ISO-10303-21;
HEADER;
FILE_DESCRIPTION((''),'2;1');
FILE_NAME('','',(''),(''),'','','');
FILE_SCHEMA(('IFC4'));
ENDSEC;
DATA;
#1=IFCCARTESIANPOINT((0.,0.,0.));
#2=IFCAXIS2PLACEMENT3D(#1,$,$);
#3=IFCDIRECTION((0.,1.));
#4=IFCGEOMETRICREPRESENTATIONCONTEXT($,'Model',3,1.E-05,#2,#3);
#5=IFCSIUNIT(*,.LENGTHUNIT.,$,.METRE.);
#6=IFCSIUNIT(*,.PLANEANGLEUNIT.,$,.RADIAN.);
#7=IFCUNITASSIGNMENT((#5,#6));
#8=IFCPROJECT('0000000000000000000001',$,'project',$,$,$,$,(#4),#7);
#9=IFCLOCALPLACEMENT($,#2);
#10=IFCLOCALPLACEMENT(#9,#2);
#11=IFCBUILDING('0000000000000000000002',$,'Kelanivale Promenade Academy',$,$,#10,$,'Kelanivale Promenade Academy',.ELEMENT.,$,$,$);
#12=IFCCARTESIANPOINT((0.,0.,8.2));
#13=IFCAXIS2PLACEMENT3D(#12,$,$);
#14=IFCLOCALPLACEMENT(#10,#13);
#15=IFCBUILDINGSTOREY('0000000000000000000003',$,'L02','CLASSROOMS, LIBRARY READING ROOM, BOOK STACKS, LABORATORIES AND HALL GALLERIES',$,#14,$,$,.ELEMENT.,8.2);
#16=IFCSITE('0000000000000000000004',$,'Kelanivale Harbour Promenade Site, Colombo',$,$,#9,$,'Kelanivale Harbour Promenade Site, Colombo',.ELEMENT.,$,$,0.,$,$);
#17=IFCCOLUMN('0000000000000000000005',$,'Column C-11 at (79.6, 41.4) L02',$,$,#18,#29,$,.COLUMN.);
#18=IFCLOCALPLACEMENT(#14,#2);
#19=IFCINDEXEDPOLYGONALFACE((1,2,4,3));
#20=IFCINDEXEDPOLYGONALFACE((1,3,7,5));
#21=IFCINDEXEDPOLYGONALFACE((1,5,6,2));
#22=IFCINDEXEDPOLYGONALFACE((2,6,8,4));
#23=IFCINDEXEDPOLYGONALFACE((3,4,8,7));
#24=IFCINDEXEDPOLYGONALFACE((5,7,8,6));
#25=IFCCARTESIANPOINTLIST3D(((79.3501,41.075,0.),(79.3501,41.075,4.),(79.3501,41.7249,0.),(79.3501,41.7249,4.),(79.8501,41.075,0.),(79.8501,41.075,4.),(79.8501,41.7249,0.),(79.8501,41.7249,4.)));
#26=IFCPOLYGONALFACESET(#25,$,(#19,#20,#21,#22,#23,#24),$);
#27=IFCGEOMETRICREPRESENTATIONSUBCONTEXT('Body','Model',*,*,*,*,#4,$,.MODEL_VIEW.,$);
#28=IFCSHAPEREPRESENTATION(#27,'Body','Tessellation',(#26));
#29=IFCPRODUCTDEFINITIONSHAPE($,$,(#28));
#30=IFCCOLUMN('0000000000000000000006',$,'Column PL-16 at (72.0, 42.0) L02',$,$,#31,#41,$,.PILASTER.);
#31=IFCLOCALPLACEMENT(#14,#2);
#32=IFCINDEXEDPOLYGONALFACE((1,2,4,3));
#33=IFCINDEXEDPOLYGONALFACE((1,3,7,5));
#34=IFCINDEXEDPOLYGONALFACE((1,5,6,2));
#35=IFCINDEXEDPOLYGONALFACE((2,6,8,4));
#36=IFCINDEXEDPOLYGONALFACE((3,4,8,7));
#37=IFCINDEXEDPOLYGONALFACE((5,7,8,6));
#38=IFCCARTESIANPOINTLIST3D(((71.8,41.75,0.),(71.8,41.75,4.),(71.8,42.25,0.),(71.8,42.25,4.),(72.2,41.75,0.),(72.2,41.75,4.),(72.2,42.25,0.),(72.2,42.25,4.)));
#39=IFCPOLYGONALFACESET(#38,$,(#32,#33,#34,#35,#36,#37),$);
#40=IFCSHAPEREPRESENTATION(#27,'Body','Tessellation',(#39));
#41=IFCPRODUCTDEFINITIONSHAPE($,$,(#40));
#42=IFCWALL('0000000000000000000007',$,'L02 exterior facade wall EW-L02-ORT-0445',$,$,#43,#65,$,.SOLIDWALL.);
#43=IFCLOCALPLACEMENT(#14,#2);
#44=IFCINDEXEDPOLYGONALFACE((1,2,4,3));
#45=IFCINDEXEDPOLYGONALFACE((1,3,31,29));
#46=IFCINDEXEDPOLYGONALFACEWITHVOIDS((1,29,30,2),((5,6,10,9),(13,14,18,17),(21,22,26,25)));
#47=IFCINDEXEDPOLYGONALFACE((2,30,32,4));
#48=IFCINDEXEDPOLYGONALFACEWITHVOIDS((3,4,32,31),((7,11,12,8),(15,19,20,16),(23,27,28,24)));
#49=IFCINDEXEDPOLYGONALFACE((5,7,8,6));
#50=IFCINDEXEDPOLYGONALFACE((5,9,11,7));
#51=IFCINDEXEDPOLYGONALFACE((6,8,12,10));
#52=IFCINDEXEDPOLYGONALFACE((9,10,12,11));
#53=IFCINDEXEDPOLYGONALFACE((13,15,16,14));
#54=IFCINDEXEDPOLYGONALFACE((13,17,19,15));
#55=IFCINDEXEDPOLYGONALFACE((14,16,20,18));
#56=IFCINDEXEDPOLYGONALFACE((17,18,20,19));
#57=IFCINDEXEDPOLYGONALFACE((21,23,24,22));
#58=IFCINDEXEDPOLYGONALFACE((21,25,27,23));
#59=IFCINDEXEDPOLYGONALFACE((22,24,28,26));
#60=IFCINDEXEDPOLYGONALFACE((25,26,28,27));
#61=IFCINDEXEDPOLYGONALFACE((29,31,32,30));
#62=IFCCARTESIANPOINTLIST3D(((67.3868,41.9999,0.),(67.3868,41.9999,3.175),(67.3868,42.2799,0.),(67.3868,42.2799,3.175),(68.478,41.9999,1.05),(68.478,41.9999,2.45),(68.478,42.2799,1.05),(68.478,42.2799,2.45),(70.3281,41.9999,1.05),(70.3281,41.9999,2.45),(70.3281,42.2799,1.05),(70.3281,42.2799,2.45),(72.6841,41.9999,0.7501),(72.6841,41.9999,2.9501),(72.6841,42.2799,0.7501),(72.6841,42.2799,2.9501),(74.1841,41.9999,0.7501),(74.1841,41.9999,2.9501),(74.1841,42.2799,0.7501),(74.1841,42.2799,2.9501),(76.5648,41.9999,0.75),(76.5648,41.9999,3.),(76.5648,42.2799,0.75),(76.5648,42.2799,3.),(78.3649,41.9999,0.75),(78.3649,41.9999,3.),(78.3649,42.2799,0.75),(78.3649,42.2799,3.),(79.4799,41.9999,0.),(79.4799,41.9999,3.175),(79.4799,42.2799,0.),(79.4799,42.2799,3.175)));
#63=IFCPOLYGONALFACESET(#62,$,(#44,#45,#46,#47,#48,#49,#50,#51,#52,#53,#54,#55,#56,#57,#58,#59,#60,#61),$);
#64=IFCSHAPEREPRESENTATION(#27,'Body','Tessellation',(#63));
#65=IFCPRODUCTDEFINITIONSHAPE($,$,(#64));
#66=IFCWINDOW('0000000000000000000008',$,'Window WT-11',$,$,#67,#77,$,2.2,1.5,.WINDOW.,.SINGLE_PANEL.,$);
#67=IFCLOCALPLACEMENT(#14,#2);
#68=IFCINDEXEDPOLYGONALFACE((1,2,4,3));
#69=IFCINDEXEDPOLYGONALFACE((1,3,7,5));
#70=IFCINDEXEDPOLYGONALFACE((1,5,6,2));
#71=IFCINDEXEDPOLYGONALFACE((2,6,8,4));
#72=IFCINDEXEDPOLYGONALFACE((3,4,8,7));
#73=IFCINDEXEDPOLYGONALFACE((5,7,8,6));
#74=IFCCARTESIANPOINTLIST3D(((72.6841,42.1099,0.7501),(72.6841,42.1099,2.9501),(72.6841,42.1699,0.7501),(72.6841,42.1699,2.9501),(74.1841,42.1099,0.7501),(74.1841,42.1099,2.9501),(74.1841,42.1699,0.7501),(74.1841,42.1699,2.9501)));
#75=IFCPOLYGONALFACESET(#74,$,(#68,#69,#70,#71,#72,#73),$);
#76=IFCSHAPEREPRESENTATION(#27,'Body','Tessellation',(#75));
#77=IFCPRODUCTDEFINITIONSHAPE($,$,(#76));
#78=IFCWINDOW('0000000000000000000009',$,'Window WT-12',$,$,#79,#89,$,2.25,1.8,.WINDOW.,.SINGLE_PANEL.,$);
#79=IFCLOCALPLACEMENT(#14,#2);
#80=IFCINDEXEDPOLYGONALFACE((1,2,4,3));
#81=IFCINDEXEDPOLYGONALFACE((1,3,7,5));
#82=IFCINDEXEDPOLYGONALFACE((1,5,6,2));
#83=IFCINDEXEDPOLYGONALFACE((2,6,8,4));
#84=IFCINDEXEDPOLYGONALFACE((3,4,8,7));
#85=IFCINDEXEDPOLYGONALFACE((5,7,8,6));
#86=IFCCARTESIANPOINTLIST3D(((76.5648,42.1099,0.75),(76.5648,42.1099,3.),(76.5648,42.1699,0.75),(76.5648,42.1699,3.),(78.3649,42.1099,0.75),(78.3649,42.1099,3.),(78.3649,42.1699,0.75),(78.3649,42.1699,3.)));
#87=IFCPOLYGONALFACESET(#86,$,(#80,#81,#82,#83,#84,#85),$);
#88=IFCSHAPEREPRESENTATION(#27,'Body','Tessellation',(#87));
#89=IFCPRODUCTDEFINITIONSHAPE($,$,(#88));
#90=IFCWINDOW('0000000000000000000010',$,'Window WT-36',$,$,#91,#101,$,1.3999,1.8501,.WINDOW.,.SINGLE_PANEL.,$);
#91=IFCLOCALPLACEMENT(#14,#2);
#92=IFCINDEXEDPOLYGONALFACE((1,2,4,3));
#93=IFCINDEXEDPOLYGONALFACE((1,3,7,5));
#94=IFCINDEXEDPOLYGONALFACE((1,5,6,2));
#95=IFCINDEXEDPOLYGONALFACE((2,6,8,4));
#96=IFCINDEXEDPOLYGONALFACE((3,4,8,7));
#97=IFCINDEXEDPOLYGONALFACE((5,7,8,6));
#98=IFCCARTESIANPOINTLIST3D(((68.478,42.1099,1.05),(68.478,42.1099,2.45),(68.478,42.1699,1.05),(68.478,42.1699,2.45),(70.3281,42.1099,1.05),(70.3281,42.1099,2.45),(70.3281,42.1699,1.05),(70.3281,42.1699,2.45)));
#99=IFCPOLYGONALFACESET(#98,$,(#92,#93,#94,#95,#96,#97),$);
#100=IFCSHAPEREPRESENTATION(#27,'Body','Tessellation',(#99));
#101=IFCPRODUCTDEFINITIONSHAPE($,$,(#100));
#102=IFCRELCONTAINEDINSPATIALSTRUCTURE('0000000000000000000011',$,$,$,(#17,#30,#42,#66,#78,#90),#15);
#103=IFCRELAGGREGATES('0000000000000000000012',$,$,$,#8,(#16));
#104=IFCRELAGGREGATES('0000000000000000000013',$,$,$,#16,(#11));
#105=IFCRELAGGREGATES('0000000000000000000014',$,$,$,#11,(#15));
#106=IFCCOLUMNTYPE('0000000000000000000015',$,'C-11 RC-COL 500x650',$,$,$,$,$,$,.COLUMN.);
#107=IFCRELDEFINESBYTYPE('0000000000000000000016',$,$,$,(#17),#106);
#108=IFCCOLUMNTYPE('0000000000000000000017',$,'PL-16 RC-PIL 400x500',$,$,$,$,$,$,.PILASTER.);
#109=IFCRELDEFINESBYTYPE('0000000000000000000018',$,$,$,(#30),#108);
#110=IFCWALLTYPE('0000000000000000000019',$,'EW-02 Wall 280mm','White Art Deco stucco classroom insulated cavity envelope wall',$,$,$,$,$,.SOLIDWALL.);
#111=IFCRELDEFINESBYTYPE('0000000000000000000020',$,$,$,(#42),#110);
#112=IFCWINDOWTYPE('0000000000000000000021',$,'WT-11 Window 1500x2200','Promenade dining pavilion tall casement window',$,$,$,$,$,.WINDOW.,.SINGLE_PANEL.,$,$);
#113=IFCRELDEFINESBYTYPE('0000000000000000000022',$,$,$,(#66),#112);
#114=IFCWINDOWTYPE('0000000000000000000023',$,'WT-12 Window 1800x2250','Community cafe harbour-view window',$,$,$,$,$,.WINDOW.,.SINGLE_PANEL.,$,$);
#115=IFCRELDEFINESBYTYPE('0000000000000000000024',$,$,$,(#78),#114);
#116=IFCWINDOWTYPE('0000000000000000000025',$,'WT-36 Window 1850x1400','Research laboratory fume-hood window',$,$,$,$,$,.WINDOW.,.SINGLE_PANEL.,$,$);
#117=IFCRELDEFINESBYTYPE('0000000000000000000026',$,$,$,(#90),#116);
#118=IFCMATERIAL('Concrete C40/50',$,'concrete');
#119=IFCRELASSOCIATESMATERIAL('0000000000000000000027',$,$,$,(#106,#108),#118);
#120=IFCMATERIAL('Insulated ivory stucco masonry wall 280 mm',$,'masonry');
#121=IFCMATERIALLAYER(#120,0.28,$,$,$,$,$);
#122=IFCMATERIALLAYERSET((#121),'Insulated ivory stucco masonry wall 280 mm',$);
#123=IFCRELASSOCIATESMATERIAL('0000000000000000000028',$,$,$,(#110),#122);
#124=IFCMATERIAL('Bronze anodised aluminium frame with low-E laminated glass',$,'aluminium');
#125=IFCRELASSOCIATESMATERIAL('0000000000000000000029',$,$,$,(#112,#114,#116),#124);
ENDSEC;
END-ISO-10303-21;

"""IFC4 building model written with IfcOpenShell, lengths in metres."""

from ifc_helpers import new_model, si_unit, direction, frame, frame_2d, origin, origin_2d, place, context, subcontext, project, spatial, rectangle, extrude, material, layer, layer_set, material_profile, profile_set, type_object, element, fill, save


model = new_model("IFC4")

# Units and contexts
model_context = context("Model", 3, precision=1e-05, world=origin(), true_north=direction((0.0, 1.0)))
body_context = subcontext(model_context, "Body", "Model", "MODEL_VIEW")
ifc_project = project(units=[si_unit("LENGTHUNIT", "METRE"), si_unit("PLANEANGLEUNIT", "RADIAN")], contexts=[model_context])

# Site, building, storey
site_placement = place(None, origin())
site = spatial("IfcSite", under=ifc_project, at=site_placement, Name="Kelanivale Harbour Promenade Site, Colombo", LongName="Kelanivale Harbour Promenade Site, Colombo", CompositionType="ELEMENT", RefElevation=0.0)
building_placement = place(site_placement, origin())
building = spatial("IfcBuilding", under=site, at=building_placement, Name="Kelanivale Promenade Academy", LongName="Kelanivale Promenade Academy", CompositionType="ELEMENT")
storey_placement = place(building_placement, frame((0.0, 0.0, 8.2)))
storey = spatial("IfcBuildingStorey", under=building, at=storey_placement, Name="L02", Description="CLASSROOMS, LIBRARY READING ROOM, BOOK STACKS, LABORATORIES AND HALL GALLERIES", CompositionType="ELEMENT", Elevation=8.2)

# Columns
ifc_material_1 = material(Name="Concrete C40/50", Category="concrete")
ifc_material_profile_1 = material_profile(ifc_material_1, rectangle(XDim=0.5, YDim=0.6499, at=origin_2d()), Name="RC-COL 500x650")
ifc_profile_set_1 = profile_set([ifc_material_profile_1], Name="Concrete C40/50")
column_type_1 = type_object("IfcColumnType", Name="C-11 RC-COL 500x650", PredefinedType="COLUMN", material=ifc_profile_set_1)
column_1_placement = place(storey_placement, frame((79.6001, 41.3999, 0.0), z_axis=(0.0, 0.0, 1.0), x_axis=(1.0, 0.0, 0.0)))
element("IfcColumn", 1, at=column_1_placement, inside=storey, type_object=column_type_1, Name="Column C-11 at (79.6, 41.4) L02", PredefinedType="COLUMN", context=body_context, shape_type="SweptSolid", body=[
    extrude(rectangle(XDim=0.5, YDim=0.6499, at=origin_2d()), origin(), (0.0, 0.0, 1.0), 4.0),
])
ifc_material_profile_2 = material_profile(ifc_material_1, rectangle(XDim=0.3999, YDim=0.5, at=origin_2d()), Name="RC-PIL 400x500")
ifc_profile_set_2 = profile_set([ifc_material_profile_2], Name="Concrete C40/50")
column_type_2 = type_object("IfcColumnType", Name="PL-16 RC-PIL 400x500", PredefinedType="PILASTER", material=ifc_profile_set_2)
column_2_placement = place(storey_placement, frame((72.0, 42.0, 0.0), z_axis=(0.0, 0.0, 1.0), x_axis=(1.0, 0.0, 0.0)))
element("IfcColumn", 2, at=column_2_placement, inside=storey, type_object=column_type_2, Name="Column PL-16 at (72.0, 42.0) L02", PredefinedType="PILASTER", context=body_context, shape_type="SweptSolid", body=[
    extrude(rectangle(XDim=0.3999, YDim=0.5, at=origin_2d()), origin(), (0.0, 0.0, 1.0), 4.0),
])

# Wall, openings, windows
ifc_material_2 = material(Name="Insulated ivory stucco masonry wall 280 mm", Category="masonry")
ifc_layer_1 = layer(ifc_material_2, 0.28)
ifc_layer_set_1 = layer_set([ifc_layer_1], Name="Insulated ivory stucco masonry wall 280 mm")
wall_type_1 = type_object("IfcWallType", Name="EW-02 Wall 280mm", Description="White Art Deco stucco classroom insulated cavity envelope wall", PredefinedType="SOLIDWALL", material=ifc_layer_set_1)
wall_1_placement = place(storey_placement, frame((67.387, 42.1399, 0.0), z_axis=(0.0, 0.0, 1.0), x_axis=(1.0, 0.0, 0.0)))
wall_1 = element("IfcWall", 3, at=wall_1_placement, inside=storey, type_object=wall_type_1, Name="L02 exterior facade wall EW-L02-ORT-0445", PredefinedType="SOLIDWALL", context=body_context, shape_type="SweptSolid", body=[
    extrude(rectangle(XDim=12.093, YDim=0.28, at=frame_2d((6.0464, 0.0))), origin(), (0.0, 0.0, 1.0), 3.175),
])
opening_1_placement = place(wall_1_placement, frame((1.0911, 0.0, 1.05)))
opening_1 = element("IfcOpeningElement", 4, at=opening_1_placement, cuts=wall_1, PredefinedType="OPENING", context=body_context, shape_type="SweptSolid", body=[
    extrude(rectangle(XDim=1.8501, YDim=1.3999, at=frame_2d((0.925, 0.7))), frame((0.0, 0.1499, 0.0), z_axis=(0.0, -1.0, 0.0), x_axis=(1.0, 0.0, 0.0)), (0.0, 0.0, 1.0), 0.3),
])
opening_2_placement = place(wall_1_placement, frame((5.2971, 0.0, 0.75)))
opening_2 = element("IfcOpeningElement", 5, at=opening_2_placement, cuts=wall_1, PredefinedType="OPENING", context=body_context, shape_type="SweptSolid", body=[
    extrude(rectangle(XDim=1.5, YDim=2.2, at=frame_2d((0.75, 1.1001))), frame((0.0, 0.1499, 0.0), z_axis=(0.0, -1.0, 0.0), x_axis=(1.0, 0.0, 0.0)), (0.0, 0.0, 1.0), 0.3),
])
opening_3_placement = place(wall_1_placement, frame((9.178, 0.0, 0.75)))
opening_3 = element("IfcOpeningElement", 6, at=opening_3_placement, cuts=wall_1, PredefinedType="OPENING", context=body_context, shape_type="SweptSolid", body=[
    extrude(rectangle(XDim=1.8, YDim=2.25, at=frame_2d((0.8999, 1.125))), frame((0.0, 0.1499, 0.0), z_axis=(0.0, -1.0, 0.0), x_axis=(1.0, 0.0, 0.0)), (0.0, 0.0, 1.0), 0.3),
])
ifc_material_3 = material(Name="Bronze anodised aluminium frame with low-E laminated glass", Category="aluminium")
window_type_1 = type_object("IfcWindowType", Name="WT-11 Window 1500x2200", Description="Promenade dining pavilion tall casement window", PartitioningType="SINGLE_PANEL", PredefinedType="WINDOW", material=ifc_material_3)
window_1_placement = place(opening_2_placement, origin())
window_1 = element("IfcWindow", 7, at=window_1_placement, inside=storey, type_object=window_type_1, Name="Window WT-11", OverallHeight=2.2, OverallWidth=1.5, PartitioningType="SINGLE_PANEL", PredefinedType="WINDOW", context=body_context, shape_type="SweptSolid", body=[
    extrude(rectangle(XDim=1.5, YDim=2.2, at=frame_2d((0.75, 1.1001))), frame((0.0, 0.03, 0.0), z_axis=(0.0, -1.0, 0.0), x_axis=(1.0, 0.0, 0.0)), (0.0, 0.0, 1.0), 0.0601),
])
fill(opening_2, window_1)
window_type_2 = type_object("IfcWindowType", Name="WT-12 Window 1800x2250", Description="Community cafe harbour-view window", PartitioningType="SINGLE_PANEL", PredefinedType="WINDOW", material=ifc_material_3)
window_2_placement = place(opening_3_placement, origin())
window_2 = element("IfcWindow", 8, at=window_2_placement, inside=storey, type_object=window_type_2, Name="Window WT-12", OverallHeight=2.25, OverallWidth=1.8, PartitioningType="SINGLE_PANEL", PredefinedType="WINDOW", context=body_context, shape_type="SweptSolid", body=[
    extrude(rectangle(XDim=1.8, YDim=2.25, at=frame_2d((0.8999, 1.125))), frame((0.0, 0.03, 0.0), z_axis=(0.0, -1.0, 0.0), x_axis=(1.0, 0.0, 0.0)), (0.0, 0.0, 1.0), 0.0601),
])
fill(opening_3, window_2)
window_type_3 = type_object("IfcWindowType", Name="WT-36 Window 1850x1400", Description="Research laboratory fume-hood window", PartitioningType="SINGLE_PANEL", PredefinedType="WINDOW", material=ifc_material_3)
window_3_placement = place(opening_1_placement, origin())
window_3 = element("IfcWindow", 9, at=window_3_placement, inside=storey, type_object=window_type_3, Name="Window WT-36", OverallHeight=1.3999, OverallWidth=1.8501, PartitioningType="SINGLE_PANEL", PredefinedType="WINDOW", context=body_context, shape_type="SweptSolid", body=[
    extrude(rectangle(XDim=1.8501, YDim=1.3999, at=frame_2d((0.925, 0.7))), frame((0.0, 0.03, 0.0), z_axis=(0.0, -1.0, 0.0), x_axis=(1.0, 0.0, 0.0)), (0.0, 0.0, 1.0), 0.0601),
])
fill(opening_1, window_3)

save(model, "model.ifc")
